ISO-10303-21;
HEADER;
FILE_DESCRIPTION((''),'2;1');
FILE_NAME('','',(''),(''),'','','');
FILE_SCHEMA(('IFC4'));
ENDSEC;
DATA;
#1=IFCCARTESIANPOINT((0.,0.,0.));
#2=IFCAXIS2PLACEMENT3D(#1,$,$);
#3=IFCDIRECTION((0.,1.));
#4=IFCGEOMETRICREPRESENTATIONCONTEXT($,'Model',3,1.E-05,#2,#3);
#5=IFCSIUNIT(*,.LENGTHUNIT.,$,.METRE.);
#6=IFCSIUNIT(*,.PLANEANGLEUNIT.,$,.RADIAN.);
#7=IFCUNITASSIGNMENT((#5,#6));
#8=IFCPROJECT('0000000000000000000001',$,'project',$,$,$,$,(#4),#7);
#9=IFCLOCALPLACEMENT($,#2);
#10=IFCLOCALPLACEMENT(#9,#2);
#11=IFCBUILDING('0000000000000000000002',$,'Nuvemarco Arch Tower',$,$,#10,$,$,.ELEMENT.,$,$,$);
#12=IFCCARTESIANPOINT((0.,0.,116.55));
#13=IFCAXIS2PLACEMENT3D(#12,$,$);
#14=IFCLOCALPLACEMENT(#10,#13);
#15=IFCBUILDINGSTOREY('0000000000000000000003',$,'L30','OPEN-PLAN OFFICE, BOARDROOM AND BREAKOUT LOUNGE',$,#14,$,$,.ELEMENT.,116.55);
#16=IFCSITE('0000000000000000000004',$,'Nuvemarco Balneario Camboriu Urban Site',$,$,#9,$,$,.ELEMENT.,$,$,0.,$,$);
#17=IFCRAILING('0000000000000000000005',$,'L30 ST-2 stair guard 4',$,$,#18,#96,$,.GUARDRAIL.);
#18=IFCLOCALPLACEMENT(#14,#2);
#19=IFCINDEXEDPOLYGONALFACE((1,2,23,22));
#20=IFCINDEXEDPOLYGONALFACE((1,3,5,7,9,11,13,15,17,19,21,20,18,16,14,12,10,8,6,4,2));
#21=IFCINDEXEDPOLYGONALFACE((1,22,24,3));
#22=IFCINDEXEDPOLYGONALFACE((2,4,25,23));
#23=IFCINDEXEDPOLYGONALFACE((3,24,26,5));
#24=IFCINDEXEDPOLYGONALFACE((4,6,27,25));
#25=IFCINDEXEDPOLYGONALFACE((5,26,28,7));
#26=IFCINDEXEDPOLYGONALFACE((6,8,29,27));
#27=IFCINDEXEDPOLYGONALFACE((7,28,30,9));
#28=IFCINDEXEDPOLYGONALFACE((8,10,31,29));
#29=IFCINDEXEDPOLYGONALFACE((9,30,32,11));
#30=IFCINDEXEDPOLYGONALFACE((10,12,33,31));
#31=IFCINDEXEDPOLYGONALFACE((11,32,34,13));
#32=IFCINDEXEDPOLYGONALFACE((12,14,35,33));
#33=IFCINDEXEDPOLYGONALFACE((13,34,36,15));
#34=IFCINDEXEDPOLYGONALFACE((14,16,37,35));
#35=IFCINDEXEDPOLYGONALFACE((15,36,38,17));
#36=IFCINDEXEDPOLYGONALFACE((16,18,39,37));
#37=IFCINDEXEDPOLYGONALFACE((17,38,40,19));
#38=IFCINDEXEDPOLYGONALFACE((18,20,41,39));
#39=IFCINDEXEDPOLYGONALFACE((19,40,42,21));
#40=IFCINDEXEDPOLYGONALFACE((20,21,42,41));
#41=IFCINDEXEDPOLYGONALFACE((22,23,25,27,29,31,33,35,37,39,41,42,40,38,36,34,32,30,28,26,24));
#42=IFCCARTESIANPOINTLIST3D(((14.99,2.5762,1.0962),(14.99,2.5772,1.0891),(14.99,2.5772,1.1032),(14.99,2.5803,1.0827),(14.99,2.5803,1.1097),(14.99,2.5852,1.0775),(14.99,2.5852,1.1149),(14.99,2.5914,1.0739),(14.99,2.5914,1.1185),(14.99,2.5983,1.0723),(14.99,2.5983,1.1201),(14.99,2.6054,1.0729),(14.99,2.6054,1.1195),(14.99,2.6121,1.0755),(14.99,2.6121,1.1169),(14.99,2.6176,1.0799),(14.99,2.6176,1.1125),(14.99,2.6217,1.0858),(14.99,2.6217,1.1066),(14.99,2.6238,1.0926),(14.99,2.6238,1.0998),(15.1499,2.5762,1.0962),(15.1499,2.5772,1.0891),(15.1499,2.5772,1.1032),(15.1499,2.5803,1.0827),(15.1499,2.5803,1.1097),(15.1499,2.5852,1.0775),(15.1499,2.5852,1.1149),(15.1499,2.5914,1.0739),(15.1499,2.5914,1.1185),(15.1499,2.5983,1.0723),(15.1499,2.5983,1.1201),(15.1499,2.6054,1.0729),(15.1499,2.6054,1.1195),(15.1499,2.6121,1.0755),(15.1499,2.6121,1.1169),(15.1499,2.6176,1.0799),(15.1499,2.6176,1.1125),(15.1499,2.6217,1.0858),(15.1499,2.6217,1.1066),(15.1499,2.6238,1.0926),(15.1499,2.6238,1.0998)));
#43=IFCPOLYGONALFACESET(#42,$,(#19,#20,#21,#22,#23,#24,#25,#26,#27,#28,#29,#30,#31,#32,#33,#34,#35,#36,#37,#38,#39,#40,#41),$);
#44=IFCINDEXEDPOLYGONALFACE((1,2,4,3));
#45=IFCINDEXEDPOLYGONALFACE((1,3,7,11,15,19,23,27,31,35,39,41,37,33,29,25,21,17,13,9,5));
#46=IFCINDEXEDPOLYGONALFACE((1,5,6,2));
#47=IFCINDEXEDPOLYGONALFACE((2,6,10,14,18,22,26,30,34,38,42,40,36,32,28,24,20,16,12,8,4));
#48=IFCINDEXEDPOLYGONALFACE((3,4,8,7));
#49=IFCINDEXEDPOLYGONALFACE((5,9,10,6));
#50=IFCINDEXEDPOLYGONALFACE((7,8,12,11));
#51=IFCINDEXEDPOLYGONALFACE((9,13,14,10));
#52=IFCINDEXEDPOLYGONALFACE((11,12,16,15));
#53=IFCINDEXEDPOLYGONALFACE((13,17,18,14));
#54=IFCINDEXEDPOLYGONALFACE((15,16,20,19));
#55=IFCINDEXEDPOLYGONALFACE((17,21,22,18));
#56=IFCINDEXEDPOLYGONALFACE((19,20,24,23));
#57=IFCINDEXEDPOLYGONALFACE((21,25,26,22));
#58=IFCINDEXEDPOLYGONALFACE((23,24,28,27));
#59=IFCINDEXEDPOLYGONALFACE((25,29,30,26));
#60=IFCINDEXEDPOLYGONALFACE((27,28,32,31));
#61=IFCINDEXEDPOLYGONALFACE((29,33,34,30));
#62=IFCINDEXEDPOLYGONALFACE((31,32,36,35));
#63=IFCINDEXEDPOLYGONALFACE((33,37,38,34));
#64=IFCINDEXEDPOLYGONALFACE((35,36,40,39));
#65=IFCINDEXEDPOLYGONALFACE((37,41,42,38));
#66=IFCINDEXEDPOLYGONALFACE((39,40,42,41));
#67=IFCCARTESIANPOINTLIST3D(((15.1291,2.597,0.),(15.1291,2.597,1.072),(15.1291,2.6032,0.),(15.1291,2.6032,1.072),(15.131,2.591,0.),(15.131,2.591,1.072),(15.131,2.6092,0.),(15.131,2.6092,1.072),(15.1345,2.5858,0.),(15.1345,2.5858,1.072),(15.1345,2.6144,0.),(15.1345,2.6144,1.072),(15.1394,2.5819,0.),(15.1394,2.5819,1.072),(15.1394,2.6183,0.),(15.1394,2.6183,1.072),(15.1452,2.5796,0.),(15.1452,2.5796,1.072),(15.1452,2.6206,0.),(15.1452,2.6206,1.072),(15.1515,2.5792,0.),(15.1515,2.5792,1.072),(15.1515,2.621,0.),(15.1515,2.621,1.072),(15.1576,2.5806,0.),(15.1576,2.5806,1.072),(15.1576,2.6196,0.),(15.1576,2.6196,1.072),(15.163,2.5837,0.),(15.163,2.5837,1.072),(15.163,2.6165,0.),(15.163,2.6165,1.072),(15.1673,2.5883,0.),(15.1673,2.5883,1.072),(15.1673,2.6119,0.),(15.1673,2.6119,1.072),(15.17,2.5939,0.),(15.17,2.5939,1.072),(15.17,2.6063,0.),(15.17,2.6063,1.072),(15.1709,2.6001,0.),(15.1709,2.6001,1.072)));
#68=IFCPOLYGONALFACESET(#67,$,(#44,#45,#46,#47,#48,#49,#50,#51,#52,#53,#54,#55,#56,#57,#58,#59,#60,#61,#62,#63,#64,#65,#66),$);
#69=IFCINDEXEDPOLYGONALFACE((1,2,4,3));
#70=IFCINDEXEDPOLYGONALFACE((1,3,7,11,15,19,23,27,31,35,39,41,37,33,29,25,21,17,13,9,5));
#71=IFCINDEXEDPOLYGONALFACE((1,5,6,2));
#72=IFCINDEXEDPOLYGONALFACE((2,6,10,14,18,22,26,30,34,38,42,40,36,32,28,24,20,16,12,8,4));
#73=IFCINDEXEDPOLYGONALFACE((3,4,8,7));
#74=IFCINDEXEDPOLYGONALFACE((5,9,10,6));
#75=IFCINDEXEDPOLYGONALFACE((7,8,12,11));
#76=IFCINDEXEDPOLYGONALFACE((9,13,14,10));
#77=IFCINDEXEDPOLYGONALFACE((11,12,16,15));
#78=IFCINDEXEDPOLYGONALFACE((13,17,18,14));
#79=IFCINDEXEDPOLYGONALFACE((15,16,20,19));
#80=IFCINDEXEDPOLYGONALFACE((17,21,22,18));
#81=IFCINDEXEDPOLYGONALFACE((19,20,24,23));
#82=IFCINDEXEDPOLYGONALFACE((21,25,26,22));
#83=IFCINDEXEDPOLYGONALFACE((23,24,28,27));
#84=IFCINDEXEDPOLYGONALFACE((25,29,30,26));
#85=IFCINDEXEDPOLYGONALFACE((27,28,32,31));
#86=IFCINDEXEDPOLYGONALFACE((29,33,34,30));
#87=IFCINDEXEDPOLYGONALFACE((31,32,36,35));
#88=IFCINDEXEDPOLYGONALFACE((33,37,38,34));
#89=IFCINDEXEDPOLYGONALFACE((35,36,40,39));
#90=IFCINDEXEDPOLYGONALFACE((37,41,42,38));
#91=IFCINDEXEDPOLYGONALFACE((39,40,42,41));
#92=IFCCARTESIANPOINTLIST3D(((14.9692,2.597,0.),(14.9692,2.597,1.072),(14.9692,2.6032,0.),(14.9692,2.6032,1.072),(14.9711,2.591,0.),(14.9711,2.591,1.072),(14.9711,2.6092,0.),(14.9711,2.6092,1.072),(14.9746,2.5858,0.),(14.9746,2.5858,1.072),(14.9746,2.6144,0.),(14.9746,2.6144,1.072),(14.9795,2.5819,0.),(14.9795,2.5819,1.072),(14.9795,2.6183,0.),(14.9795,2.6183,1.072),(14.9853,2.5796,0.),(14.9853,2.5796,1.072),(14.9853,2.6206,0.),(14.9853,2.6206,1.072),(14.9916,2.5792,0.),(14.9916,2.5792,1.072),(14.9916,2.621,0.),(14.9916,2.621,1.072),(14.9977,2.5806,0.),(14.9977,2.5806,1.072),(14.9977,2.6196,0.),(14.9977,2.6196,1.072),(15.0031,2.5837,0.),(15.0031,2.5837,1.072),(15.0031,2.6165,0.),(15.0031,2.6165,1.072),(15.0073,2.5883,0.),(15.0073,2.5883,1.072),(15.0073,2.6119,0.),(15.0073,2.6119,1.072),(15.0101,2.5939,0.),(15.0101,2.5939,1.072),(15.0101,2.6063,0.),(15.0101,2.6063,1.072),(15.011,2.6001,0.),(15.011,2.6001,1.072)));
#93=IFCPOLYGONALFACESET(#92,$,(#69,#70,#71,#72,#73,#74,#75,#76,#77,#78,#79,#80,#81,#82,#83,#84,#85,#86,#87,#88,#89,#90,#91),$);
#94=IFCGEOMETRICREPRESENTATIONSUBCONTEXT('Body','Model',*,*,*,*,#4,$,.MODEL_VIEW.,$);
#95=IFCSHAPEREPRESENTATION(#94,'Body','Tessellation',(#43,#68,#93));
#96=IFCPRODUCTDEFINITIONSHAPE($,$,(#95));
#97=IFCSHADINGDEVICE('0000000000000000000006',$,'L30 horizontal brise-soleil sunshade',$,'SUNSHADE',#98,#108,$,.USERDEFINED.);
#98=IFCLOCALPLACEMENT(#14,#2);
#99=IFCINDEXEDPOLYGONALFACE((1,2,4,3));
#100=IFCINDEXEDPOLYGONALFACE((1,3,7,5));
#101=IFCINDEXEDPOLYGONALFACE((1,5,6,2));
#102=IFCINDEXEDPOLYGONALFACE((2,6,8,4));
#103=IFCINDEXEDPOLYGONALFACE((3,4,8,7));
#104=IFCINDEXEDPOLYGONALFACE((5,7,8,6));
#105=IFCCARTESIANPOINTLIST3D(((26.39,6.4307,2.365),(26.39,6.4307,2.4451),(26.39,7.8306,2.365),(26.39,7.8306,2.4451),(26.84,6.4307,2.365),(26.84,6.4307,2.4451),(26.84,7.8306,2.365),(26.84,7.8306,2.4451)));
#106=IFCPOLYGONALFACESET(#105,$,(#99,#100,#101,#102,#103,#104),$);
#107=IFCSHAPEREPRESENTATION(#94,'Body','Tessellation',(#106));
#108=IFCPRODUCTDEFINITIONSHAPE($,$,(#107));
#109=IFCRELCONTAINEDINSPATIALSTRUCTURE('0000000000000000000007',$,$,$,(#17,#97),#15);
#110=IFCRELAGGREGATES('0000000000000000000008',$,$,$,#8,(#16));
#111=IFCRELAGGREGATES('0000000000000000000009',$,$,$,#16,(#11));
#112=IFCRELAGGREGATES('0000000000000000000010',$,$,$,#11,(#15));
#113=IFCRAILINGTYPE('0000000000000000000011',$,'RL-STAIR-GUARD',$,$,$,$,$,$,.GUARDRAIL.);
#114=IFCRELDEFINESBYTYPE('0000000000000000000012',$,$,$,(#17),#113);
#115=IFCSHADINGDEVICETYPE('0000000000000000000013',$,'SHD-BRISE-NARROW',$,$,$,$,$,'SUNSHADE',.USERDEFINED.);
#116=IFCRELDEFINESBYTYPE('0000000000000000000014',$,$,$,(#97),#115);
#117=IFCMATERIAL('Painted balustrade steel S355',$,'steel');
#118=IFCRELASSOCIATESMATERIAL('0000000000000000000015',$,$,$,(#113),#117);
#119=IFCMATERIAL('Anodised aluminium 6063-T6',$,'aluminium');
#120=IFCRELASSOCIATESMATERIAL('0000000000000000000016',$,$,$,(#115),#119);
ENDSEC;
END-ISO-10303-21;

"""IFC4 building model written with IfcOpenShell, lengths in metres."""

from ifc_helpers import new_model, si_unit, direction, frame, origin, origin_2d, place, context, subcontext, project, spatial, rectangle, circle, extrude, source, transform, mapped, material, type_object, type_shapes, element, save


model = new_model("IFC4")

# Units and contexts
model_context = context("Model", 3, precision=1e-05, world=origin(), true_north=direction((0.0, 1.0)))
body_context = subcontext(model_context, "Body", "Model", "MODEL_VIEW")
ifc_project = project(units=[si_unit("LENGTHUNIT", "METRE"), si_unit("PLANEANGLEUNIT", "RADIAN")], contexts=[model_context])

# Site, building, storey
site_placement = place(None, origin())
site = spatial("IfcSite", under=ifc_project, at=site_placement, Name="Nuvemarco Balneario Camboriu Urban Site", CompositionType="ELEMENT", RefElevation=0.0)
building_placement = place(site_placement, origin())
building = spatial("IfcBuilding", under=site, at=building_placement, Name="Nuvemarco Arch Tower", CompositionType="ELEMENT")
storey_placement = place(building_placement, frame((0.0, 0.0, 116.55)))
storey = spatial("IfcBuildingStorey", under=building, at=storey_placement, Name="L30", Description="OPEN-PLAN OFFICE, BOARDROOM AND BREAKOUT LOUNGE", CompositionType="ELEMENT", Elevation=116.55)

# Railing
ifc_material_1 = material(Name="Painted balustrade steel S355", Category="steel")
railing_type_1 = type_object("IfcRailingType", Name="RL-STAIR-GUARD", PredefinedType="GUARDRAIL", material=ifc_material_1)
railing_1_placement = place(storey_placement, frame((15.1499, 2.6001, 0.0)))
element("IfcRailing", 1, at=railing_1_placement, inside=storey, type_object=railing_type_1, Name="L30 ST-2 stair guard 4", PredefinedType="GUARDRAIL", context=body_context, shape_type="SweptSolid", body=[
    extrude(circle(Radius=0.0239, at=origin_2d()), frame((0.0, 0.0, 1.0962), z_axis=(-1.0, 0.0, 0.0), x_axis=(0.0, -1.0, 0.0)), (0.0, 0.0, 1.0), 0.1599),
    extrude(circle(Radius=0.021, at=origin_2d()), origin(), (0.0, 0.0, 1.0), 1.072),
    extrude(circle(Radius=0.021, at=origin_2d()), frame((-0.1599, 0.0, 0.0)), (0.0, 0.0, 1.0), 1.072),
])

# Shading device
ifc_material_2 = material(Name="Anodised aluminium 6063-T6", Category="aluminium")
shading_device_type = type_object("IfcShadingDeviceType", Name="SHD-BRISE-NARROW", ElementType="SUNSHADE", PredefinedType="USERDEFINED", material=ifc_material_2)
shared_shape_1 = source(origin(), body_context, "Body", "SweptSolid", [
    extrude(rectangle(XDim=1.3999, YDim=0.45, at=origin_2d()), origin(), (0.0, 0.0, 1.0), 0.0801),
])
type_shapes(shading_device_type, [shared_shape_1])
shading_device_placement = place(storey_placement, frame((26.615, 7.1306, 2.365), z_axis=(0.0, 0.0, 1.0), x_axis=(0.0, 1.0, 0.0)))
element("IfcShadingDevice", 2, at=shading_device_placement, inside=storey, type_object=shading_device_type, Name="L30 horizontal brise-soleil sunshade", ObjectType="SUNSHADE", PredefinedType="USERDEFINED", context=body_context, shape_type="MappedRepresentation", body=[
    mapped(shared_shape_1, transform((0.0, 0.0, 0.0), scale=1.0)),
])

save(model, "model.ifc")
